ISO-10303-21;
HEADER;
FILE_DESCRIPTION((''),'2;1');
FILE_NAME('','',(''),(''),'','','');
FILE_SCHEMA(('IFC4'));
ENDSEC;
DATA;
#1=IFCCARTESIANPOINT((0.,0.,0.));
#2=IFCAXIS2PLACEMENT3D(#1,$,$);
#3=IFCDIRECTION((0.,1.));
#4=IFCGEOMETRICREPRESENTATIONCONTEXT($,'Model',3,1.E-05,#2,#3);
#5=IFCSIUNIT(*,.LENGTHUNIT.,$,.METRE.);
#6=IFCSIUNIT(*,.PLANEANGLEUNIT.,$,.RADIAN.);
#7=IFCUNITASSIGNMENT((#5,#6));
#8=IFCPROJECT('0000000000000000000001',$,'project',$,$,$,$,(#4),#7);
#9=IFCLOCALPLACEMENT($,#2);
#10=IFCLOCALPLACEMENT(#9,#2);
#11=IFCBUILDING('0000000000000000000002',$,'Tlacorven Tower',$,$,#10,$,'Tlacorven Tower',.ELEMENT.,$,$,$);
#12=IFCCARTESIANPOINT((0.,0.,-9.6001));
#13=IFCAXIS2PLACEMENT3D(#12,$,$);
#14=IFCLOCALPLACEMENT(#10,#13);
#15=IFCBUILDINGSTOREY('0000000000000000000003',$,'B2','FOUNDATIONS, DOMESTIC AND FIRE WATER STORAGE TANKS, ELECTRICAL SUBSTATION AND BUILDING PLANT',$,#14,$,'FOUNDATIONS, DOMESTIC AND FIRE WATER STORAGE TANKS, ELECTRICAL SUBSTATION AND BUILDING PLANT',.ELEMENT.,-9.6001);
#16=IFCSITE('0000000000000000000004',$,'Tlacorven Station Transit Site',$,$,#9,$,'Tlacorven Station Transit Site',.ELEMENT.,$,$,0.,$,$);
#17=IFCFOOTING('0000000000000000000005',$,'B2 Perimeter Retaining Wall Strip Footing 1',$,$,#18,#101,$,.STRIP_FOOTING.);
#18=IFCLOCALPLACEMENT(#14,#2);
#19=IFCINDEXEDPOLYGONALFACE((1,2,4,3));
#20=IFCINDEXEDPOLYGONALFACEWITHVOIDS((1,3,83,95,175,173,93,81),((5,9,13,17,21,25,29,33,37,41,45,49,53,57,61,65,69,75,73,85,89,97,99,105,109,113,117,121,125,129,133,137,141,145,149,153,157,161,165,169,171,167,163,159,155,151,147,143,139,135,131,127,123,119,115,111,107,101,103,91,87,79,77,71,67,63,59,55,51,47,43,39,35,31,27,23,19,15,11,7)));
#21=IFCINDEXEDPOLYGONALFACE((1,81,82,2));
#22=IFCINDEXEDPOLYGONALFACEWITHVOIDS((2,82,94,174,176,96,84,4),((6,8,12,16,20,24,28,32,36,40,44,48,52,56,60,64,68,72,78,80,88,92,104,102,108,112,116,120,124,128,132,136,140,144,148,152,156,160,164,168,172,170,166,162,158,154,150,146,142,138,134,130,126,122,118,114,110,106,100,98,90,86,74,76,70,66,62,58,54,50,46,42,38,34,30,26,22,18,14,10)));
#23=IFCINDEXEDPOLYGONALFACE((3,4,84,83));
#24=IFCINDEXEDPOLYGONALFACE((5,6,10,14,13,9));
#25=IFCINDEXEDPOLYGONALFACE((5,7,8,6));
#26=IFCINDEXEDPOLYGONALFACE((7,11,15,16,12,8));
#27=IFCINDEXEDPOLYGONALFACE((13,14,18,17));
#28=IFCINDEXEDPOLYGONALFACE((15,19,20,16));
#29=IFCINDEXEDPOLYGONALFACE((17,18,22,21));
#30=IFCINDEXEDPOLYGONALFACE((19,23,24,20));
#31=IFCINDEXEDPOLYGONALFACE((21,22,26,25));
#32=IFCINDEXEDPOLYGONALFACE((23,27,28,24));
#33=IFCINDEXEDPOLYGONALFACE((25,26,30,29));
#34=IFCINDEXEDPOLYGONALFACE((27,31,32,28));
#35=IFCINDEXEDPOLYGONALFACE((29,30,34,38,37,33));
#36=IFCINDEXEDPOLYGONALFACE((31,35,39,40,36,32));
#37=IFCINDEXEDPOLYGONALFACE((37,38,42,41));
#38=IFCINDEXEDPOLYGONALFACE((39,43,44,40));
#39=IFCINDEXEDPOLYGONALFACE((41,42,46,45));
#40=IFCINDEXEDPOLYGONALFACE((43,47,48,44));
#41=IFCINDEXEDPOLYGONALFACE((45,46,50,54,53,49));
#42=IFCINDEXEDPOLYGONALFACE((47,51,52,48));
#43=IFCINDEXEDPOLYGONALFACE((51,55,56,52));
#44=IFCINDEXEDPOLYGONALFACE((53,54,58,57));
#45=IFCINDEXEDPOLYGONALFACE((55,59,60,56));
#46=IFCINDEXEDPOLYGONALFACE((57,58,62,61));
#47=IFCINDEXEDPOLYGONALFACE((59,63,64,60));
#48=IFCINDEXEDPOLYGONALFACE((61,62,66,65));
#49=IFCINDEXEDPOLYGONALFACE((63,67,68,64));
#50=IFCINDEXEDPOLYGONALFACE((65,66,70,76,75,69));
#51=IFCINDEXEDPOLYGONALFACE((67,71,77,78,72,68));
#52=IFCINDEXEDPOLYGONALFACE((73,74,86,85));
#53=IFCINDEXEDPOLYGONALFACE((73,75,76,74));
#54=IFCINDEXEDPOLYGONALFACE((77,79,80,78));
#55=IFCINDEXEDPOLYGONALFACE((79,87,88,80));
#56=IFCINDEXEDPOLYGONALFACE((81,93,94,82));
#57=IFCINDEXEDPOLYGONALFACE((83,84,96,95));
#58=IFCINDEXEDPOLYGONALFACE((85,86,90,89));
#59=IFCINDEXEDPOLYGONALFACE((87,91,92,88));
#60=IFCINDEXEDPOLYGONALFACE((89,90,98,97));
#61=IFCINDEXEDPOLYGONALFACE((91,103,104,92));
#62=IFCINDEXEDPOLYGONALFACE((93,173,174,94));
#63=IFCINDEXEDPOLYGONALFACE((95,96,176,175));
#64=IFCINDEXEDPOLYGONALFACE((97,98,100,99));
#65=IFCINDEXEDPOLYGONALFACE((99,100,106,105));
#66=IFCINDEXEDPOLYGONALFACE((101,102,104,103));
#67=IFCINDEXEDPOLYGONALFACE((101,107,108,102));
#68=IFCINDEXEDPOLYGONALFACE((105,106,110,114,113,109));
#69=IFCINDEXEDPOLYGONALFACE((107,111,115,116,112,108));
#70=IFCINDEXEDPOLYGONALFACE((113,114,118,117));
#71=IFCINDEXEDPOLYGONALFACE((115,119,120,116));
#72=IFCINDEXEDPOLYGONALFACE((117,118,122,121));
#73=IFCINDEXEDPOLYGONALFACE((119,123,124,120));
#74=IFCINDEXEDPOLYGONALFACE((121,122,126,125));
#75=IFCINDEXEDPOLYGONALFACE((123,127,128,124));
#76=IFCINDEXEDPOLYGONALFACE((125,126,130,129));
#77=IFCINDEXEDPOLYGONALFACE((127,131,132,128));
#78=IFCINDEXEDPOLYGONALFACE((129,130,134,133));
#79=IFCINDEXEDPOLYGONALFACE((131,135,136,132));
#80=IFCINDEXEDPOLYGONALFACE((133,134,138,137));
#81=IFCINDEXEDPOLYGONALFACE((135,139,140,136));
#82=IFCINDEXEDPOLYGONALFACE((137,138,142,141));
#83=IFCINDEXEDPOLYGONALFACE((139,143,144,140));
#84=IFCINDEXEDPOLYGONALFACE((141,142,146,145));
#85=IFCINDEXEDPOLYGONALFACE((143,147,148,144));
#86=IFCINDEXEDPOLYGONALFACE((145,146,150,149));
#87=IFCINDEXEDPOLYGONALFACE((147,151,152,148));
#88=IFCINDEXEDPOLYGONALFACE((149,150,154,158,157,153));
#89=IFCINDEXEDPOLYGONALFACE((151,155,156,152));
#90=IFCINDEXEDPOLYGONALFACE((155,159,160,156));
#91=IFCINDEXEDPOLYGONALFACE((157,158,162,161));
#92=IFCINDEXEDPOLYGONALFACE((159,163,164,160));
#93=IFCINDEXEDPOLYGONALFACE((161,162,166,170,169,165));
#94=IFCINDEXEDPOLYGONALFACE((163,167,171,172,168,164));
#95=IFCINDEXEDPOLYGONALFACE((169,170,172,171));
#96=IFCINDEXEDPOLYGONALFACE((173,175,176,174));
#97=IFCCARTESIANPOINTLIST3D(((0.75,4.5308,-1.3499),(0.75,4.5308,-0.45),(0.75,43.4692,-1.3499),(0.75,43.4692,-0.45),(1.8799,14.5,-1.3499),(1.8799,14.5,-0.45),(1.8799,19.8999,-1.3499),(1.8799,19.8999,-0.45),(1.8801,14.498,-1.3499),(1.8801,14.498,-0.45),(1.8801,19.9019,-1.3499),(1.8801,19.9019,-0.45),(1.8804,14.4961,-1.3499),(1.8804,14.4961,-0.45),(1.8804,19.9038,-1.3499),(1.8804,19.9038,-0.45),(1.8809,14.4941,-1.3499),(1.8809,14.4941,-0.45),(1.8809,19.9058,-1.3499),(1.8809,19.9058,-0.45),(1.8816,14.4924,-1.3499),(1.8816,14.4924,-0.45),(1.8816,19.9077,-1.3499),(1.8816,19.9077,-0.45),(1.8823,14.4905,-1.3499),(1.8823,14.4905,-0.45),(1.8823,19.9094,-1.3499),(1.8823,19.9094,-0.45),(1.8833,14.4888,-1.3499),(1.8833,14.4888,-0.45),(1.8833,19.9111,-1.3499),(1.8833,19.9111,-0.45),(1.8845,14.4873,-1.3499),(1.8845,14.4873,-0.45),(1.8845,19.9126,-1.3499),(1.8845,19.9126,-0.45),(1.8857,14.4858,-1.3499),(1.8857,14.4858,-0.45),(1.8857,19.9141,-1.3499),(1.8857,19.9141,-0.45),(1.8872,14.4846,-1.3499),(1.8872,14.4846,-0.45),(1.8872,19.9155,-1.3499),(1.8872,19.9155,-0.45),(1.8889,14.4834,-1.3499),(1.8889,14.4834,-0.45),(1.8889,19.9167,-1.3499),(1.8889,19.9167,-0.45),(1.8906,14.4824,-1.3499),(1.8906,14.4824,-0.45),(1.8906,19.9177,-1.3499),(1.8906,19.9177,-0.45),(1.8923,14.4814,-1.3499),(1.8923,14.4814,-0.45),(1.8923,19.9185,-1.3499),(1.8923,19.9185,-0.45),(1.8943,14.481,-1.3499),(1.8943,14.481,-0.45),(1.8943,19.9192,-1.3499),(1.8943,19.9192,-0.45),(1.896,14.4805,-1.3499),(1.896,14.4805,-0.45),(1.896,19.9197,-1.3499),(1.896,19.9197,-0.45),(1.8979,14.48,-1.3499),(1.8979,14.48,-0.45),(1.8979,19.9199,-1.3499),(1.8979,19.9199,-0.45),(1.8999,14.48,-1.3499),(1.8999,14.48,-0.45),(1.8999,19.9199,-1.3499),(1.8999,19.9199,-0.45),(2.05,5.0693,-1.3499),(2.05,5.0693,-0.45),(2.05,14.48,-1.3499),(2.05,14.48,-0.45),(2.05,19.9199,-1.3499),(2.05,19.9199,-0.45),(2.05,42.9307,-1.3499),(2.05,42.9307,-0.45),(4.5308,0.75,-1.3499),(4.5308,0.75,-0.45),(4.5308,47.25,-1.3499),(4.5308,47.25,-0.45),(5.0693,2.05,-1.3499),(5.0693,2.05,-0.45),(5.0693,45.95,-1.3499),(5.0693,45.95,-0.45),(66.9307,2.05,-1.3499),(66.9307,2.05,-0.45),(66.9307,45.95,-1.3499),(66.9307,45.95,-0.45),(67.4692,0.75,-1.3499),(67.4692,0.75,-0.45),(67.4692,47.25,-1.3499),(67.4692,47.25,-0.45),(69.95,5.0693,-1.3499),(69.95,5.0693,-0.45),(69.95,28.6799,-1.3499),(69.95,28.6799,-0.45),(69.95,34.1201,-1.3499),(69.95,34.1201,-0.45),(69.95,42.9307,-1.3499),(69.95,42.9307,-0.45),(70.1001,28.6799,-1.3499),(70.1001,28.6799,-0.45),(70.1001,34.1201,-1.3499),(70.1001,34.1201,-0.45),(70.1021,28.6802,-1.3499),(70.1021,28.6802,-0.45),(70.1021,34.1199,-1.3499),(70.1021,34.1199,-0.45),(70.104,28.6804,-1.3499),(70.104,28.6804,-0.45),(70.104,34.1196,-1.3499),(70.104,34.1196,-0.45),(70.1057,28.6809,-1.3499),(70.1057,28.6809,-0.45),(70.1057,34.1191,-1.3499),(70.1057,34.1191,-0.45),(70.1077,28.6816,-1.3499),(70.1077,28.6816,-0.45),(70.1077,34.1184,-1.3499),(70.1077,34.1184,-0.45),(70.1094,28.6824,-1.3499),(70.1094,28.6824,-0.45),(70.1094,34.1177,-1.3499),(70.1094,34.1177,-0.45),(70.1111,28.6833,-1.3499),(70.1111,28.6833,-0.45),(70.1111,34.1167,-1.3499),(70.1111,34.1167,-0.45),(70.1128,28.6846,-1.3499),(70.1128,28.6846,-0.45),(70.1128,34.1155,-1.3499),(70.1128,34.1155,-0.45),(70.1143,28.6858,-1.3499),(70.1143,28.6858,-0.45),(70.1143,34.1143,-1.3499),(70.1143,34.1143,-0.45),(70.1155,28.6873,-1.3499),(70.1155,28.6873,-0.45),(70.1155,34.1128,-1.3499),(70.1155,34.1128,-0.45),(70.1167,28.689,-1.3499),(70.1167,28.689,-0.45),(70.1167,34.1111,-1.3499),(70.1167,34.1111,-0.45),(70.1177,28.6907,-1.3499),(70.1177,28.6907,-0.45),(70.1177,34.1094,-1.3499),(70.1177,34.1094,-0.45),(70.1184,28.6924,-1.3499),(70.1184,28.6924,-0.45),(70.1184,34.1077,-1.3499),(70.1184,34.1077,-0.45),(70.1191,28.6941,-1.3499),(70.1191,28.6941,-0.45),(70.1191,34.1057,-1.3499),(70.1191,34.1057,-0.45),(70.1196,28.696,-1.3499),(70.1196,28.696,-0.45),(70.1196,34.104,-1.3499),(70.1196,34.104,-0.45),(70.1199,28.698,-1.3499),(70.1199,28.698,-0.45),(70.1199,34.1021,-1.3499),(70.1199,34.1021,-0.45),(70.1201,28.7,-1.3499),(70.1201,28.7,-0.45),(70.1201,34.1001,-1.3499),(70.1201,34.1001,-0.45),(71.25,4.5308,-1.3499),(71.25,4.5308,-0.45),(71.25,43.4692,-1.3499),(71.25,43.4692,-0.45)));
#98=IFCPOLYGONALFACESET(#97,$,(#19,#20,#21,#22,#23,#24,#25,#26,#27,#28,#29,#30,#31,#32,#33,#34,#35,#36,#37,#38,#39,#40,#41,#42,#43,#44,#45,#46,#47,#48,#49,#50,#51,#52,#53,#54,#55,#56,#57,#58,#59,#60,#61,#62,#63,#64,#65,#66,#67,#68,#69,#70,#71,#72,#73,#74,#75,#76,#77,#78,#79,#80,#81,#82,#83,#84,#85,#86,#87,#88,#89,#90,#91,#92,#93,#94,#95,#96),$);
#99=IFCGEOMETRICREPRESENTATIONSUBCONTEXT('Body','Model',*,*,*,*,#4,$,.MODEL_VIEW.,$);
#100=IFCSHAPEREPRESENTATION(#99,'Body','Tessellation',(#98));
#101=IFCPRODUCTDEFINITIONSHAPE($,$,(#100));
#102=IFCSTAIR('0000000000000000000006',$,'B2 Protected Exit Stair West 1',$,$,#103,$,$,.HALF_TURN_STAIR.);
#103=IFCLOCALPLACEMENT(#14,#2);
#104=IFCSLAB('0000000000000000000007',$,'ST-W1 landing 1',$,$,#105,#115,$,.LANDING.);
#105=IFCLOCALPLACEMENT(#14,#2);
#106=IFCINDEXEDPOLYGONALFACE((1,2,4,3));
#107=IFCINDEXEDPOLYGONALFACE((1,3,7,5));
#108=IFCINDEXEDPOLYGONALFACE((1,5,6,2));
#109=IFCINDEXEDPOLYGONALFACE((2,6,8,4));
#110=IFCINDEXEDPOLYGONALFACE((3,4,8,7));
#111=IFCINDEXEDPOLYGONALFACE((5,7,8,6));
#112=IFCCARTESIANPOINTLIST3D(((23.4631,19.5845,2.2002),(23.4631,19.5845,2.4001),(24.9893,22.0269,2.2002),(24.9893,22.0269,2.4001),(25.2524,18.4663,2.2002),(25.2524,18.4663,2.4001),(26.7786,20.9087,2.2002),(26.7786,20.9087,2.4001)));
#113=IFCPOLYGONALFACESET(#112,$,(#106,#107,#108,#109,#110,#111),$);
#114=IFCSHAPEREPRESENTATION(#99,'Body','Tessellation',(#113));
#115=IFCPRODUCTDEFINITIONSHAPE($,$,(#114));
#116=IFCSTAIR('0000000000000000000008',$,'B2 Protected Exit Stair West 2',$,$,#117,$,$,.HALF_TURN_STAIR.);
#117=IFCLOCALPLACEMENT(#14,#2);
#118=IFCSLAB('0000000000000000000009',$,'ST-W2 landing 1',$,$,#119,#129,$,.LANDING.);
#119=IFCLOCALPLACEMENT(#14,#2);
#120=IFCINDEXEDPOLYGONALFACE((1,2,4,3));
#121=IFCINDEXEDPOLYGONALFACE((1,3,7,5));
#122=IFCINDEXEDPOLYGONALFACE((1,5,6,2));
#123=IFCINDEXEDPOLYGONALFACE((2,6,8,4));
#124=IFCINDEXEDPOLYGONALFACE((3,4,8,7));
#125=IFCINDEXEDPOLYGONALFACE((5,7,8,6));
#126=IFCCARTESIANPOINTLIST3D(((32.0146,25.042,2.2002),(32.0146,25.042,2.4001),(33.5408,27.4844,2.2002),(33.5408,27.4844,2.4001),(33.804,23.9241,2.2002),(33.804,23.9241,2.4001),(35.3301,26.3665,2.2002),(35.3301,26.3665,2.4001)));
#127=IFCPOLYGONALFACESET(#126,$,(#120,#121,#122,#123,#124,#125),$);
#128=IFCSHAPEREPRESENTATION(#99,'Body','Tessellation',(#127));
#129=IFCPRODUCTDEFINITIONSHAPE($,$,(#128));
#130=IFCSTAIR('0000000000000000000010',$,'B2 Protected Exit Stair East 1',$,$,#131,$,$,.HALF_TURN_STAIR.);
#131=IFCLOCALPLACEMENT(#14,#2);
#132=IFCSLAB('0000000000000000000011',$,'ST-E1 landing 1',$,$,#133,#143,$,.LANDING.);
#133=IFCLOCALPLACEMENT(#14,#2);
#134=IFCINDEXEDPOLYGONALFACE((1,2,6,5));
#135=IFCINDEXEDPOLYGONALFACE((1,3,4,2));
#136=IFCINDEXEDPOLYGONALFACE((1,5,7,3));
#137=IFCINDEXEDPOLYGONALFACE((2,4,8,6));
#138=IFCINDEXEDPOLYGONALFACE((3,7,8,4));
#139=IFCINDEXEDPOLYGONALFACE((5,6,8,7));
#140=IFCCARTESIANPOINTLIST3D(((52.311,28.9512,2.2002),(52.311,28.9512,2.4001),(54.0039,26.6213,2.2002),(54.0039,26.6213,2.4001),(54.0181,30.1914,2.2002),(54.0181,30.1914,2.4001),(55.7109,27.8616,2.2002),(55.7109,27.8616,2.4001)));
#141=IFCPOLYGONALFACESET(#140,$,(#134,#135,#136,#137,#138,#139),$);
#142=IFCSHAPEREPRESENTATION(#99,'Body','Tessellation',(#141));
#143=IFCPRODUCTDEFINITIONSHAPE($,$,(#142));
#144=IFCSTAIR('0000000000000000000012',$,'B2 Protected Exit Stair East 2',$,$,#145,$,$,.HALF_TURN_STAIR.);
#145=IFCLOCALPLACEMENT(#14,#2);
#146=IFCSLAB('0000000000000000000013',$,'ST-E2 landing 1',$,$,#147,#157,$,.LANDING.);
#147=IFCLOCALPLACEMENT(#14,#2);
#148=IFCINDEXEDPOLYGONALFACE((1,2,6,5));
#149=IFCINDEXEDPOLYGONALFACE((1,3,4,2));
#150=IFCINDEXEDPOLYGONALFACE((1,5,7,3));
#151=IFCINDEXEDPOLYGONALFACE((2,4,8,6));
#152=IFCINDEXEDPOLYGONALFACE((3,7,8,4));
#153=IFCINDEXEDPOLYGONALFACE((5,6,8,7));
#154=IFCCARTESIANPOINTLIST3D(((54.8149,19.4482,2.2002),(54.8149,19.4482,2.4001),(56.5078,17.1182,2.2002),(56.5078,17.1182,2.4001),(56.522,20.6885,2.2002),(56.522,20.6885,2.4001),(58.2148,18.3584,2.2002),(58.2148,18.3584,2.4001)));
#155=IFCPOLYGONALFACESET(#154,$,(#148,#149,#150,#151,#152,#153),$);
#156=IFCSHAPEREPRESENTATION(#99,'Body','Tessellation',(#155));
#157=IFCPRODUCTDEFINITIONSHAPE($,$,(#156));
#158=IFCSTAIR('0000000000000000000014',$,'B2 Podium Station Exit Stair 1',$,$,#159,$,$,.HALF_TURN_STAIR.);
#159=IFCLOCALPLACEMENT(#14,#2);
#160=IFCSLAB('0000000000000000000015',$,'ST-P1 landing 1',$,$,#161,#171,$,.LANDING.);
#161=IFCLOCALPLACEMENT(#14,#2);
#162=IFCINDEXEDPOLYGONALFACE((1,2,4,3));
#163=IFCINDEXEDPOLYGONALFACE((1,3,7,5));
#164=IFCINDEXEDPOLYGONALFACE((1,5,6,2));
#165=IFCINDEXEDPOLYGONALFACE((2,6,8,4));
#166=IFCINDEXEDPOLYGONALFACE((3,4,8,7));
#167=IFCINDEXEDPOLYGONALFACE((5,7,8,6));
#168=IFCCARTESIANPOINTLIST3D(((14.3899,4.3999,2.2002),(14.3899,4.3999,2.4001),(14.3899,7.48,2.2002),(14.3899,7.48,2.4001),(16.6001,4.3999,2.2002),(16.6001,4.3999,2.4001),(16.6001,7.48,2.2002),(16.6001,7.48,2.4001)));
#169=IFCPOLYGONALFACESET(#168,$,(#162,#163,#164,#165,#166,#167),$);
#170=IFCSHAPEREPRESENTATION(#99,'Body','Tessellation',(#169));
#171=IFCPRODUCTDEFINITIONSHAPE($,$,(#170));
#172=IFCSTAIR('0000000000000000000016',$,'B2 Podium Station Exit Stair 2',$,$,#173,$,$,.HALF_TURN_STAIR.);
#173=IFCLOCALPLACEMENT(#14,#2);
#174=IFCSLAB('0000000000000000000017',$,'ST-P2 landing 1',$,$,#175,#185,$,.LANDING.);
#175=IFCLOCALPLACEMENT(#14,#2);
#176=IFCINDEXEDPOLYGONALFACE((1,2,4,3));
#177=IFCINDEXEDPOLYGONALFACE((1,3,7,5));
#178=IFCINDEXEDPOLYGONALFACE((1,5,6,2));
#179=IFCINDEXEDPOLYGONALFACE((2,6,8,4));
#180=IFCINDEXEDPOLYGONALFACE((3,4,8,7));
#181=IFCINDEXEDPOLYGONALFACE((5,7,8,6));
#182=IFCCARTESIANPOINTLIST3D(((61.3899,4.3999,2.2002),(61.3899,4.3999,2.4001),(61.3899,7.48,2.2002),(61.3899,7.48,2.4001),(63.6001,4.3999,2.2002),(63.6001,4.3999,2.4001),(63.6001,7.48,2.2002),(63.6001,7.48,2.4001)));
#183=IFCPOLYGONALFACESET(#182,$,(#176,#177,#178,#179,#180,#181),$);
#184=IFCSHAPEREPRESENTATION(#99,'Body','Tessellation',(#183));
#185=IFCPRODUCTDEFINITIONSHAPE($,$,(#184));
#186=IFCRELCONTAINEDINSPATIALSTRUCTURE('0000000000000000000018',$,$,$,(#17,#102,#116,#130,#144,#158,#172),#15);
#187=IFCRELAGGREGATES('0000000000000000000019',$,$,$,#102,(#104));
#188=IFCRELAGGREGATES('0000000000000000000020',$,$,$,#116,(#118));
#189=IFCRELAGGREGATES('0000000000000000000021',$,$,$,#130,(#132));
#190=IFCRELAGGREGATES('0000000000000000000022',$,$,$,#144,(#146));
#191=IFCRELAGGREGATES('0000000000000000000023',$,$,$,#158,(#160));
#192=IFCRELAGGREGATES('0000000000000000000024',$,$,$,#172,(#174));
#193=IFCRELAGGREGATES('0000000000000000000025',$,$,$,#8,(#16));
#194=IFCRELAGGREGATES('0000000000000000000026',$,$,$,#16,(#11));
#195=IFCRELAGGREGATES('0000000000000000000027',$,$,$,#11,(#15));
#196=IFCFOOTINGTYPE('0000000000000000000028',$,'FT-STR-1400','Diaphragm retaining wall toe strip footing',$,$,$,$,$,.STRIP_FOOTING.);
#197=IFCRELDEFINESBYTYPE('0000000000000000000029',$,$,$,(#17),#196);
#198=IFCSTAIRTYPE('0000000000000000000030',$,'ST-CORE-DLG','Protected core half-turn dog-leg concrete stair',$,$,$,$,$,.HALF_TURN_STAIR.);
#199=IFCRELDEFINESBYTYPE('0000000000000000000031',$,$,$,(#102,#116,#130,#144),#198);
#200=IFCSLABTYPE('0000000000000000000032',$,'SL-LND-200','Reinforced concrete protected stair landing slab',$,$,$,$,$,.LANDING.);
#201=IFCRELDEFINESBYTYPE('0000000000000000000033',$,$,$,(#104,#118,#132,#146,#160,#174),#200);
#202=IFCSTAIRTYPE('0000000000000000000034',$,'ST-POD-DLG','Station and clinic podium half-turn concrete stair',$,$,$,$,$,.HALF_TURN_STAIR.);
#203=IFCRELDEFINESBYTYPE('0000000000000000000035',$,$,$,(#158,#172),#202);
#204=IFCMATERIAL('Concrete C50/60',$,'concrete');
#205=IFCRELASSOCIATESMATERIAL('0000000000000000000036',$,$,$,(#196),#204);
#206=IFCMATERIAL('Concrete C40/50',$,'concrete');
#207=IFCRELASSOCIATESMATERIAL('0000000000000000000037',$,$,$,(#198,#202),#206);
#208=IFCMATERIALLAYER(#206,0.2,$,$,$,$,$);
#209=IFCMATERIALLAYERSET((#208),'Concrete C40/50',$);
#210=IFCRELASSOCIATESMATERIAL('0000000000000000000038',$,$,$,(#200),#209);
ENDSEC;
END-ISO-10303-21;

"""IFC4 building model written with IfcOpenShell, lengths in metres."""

from ifc_helpers import new_model, si_unit, direction, frame, origin, place, context, subcontext, project, spatial, polyline, outline, extrude, material, layer, layer_set, type_object, element, aggregate, save


model = new_model("IFC4")

# Units and contexts
model_context = context("Model", 3, precision=1e-05, world=origin(), true_north=direction((0.0, 1.0)))
body_context = subcontext(model_context, "Body", "Model", "MODEL_VIEW")
ifc_project = project(units=[si_unit("LENGTHUNIT", "METRE"), si_unit("PLANEANGLEUNIT", "RADIAN")], contexts=[model_context])

# Site, building, storey
site_placement = place(None, origin())
site = spatial("IfcSite", under=ifc_project, at=site_placement, Name="Tlacorven Station Transit Site", LongName="Tlacorven Station Transit Site", CompositionType="ELEMENT", RefElevation=0.0)
building_placement = place(site_placement, origin())
building = spatial("IfcBuilding", under=site, at=building_placement, Name="Tlacorven Tower", LongName="Tlacorven Tower", CompositionType="ELEMENT")
storey_placement = place(building_placement, frame((0.0, 0.0, -9.6001)))
storey = spatial("IfcBuildingStorey", under=building, at=storey_placement, Name="B2", Description="FOUNDATIONS, DOMESTIC AND FIRE WATER STORAGE TANKS, ELECTRICAL SUBSTATION AND BUILDING PLANT", LongName="FOUNDATIONS, DOMESTIC AND FIRE WATER STORAGE TANKS, ELECTRICAL SUBSTATION AND BUILDING PLANT", CompositionType="ELEMENT", Elevation=-9.6001)

# Footing
ifc_material_1 = material(Name="Concrete C50/60", Category="concrete")
footing_type_1 = type_object("IfcFootingType", Name="FT-STR-1400", Description="Diaphragm retaining wall toe strip footing", PredefinedType="STRIP_FOOTING", material=ifc_material_1)
footing_1_placement = place(storey_placement, frame((0.0, 0.0, -1.3499)))
element("IfcFooting", 1, at=footing_1_placement, inside=storey, type_object=footing_type_1, Name="B2 Perimeter Retaining Wall Strip Footing 1", PredefinedType="STRIP_FOOTING", context=body_context, shape_type="SweptSolid", body=[
    extrude(outline(polyline([(0.75, 43.4692), (4.5308, 47.25), (67.4692, 47.25), (71.25, 43.4692), (71.25, 4.5308), (67.4692, 0.75), (4.5308, 0.75), (0.75, 4.5308), (0.75, 43.4692)]), holes=[polyline([(69.95, 5.0693), (69.95, 28.6799), (70.1001, 28.6799), (70.1021, 28.6802), (70.104, 28.6804), (70.1057, 28.6809), (70.1077, 28.6816), (70.1094, 28.6824), (70.1111, 28.6833), (70.1128, 28.6846), (70.1143, 28.6858), (70.1155, 28.6873), (70.1167, 28.689), (70.1177, 28.6907), (70.1184, 28.6924), (70.1191, 28.6941), (70.1196, 28.696), (70.1199, 28.698), (70.1201, 28.7), (70.1201, 34.1001), (70.1199, 34.1021), (70.1196, 34.104), (70.1191, 34.1057), (70.1184, 34.1077), (70.1177, 34.1094), (70.1167, 34.1111), (70.1155, 34.1128), (70.1143, 34.1143), (70.1128, 34.1155), (70.1111, 34.1167), (70.1094, 34.1177), (70.1077, 34.1184), (70.1057, 34.1191), (70.104, 34.1196), (70.1021, 34.1199), (70.1001, 34.1201), (69.95, 34.1201), (69.95, 42.9307), (66.9307, 45.95), (5.0693, 45.95), (2.05, 42.9307), (2.05, 19.9199), (1.8999, 19.9199), (1.8979, 19.9199), (1.896, 19.9197), (1.8943, 19.9192), (1.8923, 19.9185), (1.8906, 19.9177), (1.8889, 19.9167), (1.8872, 19.9155), (1.8857, 19.9141), (1.8845, 19.9126), (1.8833, 19.9111), (1.8823, 19.9094), (1.8816, 19.9077), (1.8809, 19.9058), (1.8804, 19.9038), (1.8801, 19.9019), (1.8799, 19.8999), (1.8799, 14.5), (1.8801, 14.498), (1.8804, 14.4961), (1.8809, 14.4941), (1.8816, 14.4924), (1.8823, 14.4905), (1.8833, 14.4888), (1.8845, 14.4873), (1.8857, 14.4858), (1.8872, 14.4846), (1.8889, 14.4834), (1.8906, 14.4824), (1.8923, 14.4814), (1.8943, 14.481), (1.896, 14.4805), (1.8979, 14.48), (1.8999, 14.48), (2.05, 14.48), (2.05, 5.0693), (5.0693, 2.05), (66.9307, 2.05), (69.95, 5.0693)])]), origin(), (0.0, 0.0, 1.0), 0.8999),
])

# Stairs, slabs
ifc_material_2 = material(Name="Concrete C40/50", Category="concrete")
stair_type_1 = type_object("IfcStairType", Name="ST-CORE-DLG", Description="Protected core half-turn dog-leg concrete stair", PredefinedType="HALF_TURN_STAIR", material=ifc_material_2)
stair_1_placement = place(storey_placement, origin())
stair_1 = element("IfcStair", 2, at=stair_1_placement, inside=storey, type_object=stair_type_1, Name="B2 Protected Exit Stair West 1", PredefinedType="HALF_TURN_STAIR")
ifc_layer_1 = layer(ifc_material_2, 0.2)
ifc_layer_set_1 = layer_set([ifc_layer_1], Name="Concrete C40/50")
slab_type_1 = type_object("IfcSlabType", Name="SL-LND-200", Description="Reinforced concrete protected stair landing slab", PredefinedType="LANDING", material=ifc_layer_set_1)
slab_1_placement = place(storey_placement, frame((0.0, 0.0, 2.2002)))
slab_1 = element("IfcSlab", 3, at=slab_1_placement, type_object=slab_type_1, Name="ST-W1 landing 1", PredefinedType="LANDING", context=body_context, shape_type="SweptSolid", body=[
    extrude(outline(polyline([(26.7786, 20.9087), (24.9893, 22.0269), (23.4631, 19.5845), (25.2524, 18.4663), (26.7786, 20.9087)])), origin(), (0.0, 0.0, 1.0), 0.2),
])
aggregate(stair_1, [slab_1])
stair_2_placement = place(storey_placement, origin())
stair_2 = element("IfcStair", 4, at=stair_2_placement, inside=storey, type_object=stair_type_1, Name="B2 Protected Exit Stair West 2", PredefinedType="HALF_TURN_STAIR")
slab_2_placement = place(storey_placement, frame((0.0, 0.0, 2.2002)))
slab_2 = element("IfcSlab", 5, at=slab_2_placement, type_object=slab_type_1, Name="ST-W2 landing 1", PredefinedType="LANDING", context=body_context, shape_type="SweptSolid", body=[
    extrude(outline(polyline([(35.3301, 26.3665), (33.5408, 27.4844), (32.0146, 25.042), (33.804, 23.9241), (35.3301, 26.3665)])), origin(), (0.0, 0.0, 1.0), 0.2),
])
aggregate(stair_2, [slab_2])
stair_3_placement = place(storey_placement, origin())
stair_3 = element("IfcStair", 6, at=stair_3_placement, inside=storey, type_object=stair_type_1, Name="B2 Protected Exit Stair East 1", PredefinedType="HALF_TURN_STAIR")
slab_3_placement = place(storey_placement, frame((0.0, 0.0, 2.2002)))
slab_3 = element("IfcSlab", 7, at=slab_3_placement, type_object=slab_type_1, Name="ST-E1 landing 1", PredefinedType="LANDING", context=body_context, shape_type="SweptSolid", body=[
    extrude(outline(polyline([(54.0039, 26.6213), (55.7109, 27.8616), (54.0181, 30.1914), (52.311, 28.9512), (54.0039, 26.6213)])), origin(), (0.0, 0.0, 1.0), 0.2),
])
aggregate(stair_3, [slab_3])
stair_4_placement = place(storey_placement, origin())
stair_4 = element("IfcStair", 8, at=stair_4_placement, inside=storey, type_object=stair_type_1, Name="B2 Protected Exit Stair East 2", PredefinedType="HALF_TURN_STAIR")
slab_4_placement = place(storey_placement, frame((0.0, 0.0, 2.2002)))
slab_4 = element("IfcSlab", 9, at=slab_4_placement, type_object=slab_type_1, Name="ST-E2 landing 1", PredefinedType="LANDING", context=body_context, shape_type="SweptSolid", body=[
    extrude(outline(polyline([(56.5078, 17.1182), (58.2148, 18.3584), (56.522, 20.6885), (54.8149, 19.4482), (56.5078, 17.1182)])), origin(), (0.0, 0.0, 1.0), 0.2),
])
aggregate(stair_4, [slab_4])
stair_type_2 = type_object("IfcStairType", Name="ST-POD-DLG", Description="Station and clinic podium half-turn concrete stair", PredefinedType="HALF_TURN_STAIR", material=ifc_material_2)
stair_5_placement = place(storey_placement, origin())
stair_5 = element("IfcStair", 10, at=stair_5_placement, inside=storey, type_object=stair_type_2, Name="B2 Podium Station Exit Stair 1", PredefinedType="HALF_TURN_STAIR")
slab_5_placement = place(storey_placement, frame((0.0, 0.0, 2.2002)))
slab_5 = element("IfcSlab", 11, at=slab_5_placement, type_object=slab_type_1, Name="ST-P1 landing 1", PredefinedType="LANDING", context=body_context, shape_type="SweptSolid", body=[
    extrude(outline(polyline([(14.3899, 4.3999), (16.6001, 4.3999), (16.6001, 7.48), (14.3899, 7.48), (14.3899, 4.3999)])), origin(), (0.0, 0.0, 1.0), 0.2),
])
aggregate(stair_5, [slab_5])
stair_6_placement = place(storey_placement, origin())
stair_6 = element("IfcStair", 12, at=stair_6_placement, inside=storey, type_object=stair_type_2, Name="B2 Podium Station Exit Stair 2", PredefinedType="HALF_TURN_STAIR")
slab_6_placement = place(storey_placement, frame((0.0, 0.0, 2.2002)))
slab_6 = element("IfcSlab", 13, at=slab_6_placement, type_object=slab_type_1, Name="ST-P2 landing 1", PredefinedType="LANDING", context=body_context, shape_type="SweptSolid", body=[
    extrude(outline(polyline([(61.3899, 4.3999), (63.6001, 4.3999), (63.6001, 7.48), (61.3899, 7.48), (61.3899, 4.3999)])), origin(), (0.0, 0.0, 1.0), 0.2),
])
aggregate(stair_6, [slab_6])

save(model, "model.ifc")
